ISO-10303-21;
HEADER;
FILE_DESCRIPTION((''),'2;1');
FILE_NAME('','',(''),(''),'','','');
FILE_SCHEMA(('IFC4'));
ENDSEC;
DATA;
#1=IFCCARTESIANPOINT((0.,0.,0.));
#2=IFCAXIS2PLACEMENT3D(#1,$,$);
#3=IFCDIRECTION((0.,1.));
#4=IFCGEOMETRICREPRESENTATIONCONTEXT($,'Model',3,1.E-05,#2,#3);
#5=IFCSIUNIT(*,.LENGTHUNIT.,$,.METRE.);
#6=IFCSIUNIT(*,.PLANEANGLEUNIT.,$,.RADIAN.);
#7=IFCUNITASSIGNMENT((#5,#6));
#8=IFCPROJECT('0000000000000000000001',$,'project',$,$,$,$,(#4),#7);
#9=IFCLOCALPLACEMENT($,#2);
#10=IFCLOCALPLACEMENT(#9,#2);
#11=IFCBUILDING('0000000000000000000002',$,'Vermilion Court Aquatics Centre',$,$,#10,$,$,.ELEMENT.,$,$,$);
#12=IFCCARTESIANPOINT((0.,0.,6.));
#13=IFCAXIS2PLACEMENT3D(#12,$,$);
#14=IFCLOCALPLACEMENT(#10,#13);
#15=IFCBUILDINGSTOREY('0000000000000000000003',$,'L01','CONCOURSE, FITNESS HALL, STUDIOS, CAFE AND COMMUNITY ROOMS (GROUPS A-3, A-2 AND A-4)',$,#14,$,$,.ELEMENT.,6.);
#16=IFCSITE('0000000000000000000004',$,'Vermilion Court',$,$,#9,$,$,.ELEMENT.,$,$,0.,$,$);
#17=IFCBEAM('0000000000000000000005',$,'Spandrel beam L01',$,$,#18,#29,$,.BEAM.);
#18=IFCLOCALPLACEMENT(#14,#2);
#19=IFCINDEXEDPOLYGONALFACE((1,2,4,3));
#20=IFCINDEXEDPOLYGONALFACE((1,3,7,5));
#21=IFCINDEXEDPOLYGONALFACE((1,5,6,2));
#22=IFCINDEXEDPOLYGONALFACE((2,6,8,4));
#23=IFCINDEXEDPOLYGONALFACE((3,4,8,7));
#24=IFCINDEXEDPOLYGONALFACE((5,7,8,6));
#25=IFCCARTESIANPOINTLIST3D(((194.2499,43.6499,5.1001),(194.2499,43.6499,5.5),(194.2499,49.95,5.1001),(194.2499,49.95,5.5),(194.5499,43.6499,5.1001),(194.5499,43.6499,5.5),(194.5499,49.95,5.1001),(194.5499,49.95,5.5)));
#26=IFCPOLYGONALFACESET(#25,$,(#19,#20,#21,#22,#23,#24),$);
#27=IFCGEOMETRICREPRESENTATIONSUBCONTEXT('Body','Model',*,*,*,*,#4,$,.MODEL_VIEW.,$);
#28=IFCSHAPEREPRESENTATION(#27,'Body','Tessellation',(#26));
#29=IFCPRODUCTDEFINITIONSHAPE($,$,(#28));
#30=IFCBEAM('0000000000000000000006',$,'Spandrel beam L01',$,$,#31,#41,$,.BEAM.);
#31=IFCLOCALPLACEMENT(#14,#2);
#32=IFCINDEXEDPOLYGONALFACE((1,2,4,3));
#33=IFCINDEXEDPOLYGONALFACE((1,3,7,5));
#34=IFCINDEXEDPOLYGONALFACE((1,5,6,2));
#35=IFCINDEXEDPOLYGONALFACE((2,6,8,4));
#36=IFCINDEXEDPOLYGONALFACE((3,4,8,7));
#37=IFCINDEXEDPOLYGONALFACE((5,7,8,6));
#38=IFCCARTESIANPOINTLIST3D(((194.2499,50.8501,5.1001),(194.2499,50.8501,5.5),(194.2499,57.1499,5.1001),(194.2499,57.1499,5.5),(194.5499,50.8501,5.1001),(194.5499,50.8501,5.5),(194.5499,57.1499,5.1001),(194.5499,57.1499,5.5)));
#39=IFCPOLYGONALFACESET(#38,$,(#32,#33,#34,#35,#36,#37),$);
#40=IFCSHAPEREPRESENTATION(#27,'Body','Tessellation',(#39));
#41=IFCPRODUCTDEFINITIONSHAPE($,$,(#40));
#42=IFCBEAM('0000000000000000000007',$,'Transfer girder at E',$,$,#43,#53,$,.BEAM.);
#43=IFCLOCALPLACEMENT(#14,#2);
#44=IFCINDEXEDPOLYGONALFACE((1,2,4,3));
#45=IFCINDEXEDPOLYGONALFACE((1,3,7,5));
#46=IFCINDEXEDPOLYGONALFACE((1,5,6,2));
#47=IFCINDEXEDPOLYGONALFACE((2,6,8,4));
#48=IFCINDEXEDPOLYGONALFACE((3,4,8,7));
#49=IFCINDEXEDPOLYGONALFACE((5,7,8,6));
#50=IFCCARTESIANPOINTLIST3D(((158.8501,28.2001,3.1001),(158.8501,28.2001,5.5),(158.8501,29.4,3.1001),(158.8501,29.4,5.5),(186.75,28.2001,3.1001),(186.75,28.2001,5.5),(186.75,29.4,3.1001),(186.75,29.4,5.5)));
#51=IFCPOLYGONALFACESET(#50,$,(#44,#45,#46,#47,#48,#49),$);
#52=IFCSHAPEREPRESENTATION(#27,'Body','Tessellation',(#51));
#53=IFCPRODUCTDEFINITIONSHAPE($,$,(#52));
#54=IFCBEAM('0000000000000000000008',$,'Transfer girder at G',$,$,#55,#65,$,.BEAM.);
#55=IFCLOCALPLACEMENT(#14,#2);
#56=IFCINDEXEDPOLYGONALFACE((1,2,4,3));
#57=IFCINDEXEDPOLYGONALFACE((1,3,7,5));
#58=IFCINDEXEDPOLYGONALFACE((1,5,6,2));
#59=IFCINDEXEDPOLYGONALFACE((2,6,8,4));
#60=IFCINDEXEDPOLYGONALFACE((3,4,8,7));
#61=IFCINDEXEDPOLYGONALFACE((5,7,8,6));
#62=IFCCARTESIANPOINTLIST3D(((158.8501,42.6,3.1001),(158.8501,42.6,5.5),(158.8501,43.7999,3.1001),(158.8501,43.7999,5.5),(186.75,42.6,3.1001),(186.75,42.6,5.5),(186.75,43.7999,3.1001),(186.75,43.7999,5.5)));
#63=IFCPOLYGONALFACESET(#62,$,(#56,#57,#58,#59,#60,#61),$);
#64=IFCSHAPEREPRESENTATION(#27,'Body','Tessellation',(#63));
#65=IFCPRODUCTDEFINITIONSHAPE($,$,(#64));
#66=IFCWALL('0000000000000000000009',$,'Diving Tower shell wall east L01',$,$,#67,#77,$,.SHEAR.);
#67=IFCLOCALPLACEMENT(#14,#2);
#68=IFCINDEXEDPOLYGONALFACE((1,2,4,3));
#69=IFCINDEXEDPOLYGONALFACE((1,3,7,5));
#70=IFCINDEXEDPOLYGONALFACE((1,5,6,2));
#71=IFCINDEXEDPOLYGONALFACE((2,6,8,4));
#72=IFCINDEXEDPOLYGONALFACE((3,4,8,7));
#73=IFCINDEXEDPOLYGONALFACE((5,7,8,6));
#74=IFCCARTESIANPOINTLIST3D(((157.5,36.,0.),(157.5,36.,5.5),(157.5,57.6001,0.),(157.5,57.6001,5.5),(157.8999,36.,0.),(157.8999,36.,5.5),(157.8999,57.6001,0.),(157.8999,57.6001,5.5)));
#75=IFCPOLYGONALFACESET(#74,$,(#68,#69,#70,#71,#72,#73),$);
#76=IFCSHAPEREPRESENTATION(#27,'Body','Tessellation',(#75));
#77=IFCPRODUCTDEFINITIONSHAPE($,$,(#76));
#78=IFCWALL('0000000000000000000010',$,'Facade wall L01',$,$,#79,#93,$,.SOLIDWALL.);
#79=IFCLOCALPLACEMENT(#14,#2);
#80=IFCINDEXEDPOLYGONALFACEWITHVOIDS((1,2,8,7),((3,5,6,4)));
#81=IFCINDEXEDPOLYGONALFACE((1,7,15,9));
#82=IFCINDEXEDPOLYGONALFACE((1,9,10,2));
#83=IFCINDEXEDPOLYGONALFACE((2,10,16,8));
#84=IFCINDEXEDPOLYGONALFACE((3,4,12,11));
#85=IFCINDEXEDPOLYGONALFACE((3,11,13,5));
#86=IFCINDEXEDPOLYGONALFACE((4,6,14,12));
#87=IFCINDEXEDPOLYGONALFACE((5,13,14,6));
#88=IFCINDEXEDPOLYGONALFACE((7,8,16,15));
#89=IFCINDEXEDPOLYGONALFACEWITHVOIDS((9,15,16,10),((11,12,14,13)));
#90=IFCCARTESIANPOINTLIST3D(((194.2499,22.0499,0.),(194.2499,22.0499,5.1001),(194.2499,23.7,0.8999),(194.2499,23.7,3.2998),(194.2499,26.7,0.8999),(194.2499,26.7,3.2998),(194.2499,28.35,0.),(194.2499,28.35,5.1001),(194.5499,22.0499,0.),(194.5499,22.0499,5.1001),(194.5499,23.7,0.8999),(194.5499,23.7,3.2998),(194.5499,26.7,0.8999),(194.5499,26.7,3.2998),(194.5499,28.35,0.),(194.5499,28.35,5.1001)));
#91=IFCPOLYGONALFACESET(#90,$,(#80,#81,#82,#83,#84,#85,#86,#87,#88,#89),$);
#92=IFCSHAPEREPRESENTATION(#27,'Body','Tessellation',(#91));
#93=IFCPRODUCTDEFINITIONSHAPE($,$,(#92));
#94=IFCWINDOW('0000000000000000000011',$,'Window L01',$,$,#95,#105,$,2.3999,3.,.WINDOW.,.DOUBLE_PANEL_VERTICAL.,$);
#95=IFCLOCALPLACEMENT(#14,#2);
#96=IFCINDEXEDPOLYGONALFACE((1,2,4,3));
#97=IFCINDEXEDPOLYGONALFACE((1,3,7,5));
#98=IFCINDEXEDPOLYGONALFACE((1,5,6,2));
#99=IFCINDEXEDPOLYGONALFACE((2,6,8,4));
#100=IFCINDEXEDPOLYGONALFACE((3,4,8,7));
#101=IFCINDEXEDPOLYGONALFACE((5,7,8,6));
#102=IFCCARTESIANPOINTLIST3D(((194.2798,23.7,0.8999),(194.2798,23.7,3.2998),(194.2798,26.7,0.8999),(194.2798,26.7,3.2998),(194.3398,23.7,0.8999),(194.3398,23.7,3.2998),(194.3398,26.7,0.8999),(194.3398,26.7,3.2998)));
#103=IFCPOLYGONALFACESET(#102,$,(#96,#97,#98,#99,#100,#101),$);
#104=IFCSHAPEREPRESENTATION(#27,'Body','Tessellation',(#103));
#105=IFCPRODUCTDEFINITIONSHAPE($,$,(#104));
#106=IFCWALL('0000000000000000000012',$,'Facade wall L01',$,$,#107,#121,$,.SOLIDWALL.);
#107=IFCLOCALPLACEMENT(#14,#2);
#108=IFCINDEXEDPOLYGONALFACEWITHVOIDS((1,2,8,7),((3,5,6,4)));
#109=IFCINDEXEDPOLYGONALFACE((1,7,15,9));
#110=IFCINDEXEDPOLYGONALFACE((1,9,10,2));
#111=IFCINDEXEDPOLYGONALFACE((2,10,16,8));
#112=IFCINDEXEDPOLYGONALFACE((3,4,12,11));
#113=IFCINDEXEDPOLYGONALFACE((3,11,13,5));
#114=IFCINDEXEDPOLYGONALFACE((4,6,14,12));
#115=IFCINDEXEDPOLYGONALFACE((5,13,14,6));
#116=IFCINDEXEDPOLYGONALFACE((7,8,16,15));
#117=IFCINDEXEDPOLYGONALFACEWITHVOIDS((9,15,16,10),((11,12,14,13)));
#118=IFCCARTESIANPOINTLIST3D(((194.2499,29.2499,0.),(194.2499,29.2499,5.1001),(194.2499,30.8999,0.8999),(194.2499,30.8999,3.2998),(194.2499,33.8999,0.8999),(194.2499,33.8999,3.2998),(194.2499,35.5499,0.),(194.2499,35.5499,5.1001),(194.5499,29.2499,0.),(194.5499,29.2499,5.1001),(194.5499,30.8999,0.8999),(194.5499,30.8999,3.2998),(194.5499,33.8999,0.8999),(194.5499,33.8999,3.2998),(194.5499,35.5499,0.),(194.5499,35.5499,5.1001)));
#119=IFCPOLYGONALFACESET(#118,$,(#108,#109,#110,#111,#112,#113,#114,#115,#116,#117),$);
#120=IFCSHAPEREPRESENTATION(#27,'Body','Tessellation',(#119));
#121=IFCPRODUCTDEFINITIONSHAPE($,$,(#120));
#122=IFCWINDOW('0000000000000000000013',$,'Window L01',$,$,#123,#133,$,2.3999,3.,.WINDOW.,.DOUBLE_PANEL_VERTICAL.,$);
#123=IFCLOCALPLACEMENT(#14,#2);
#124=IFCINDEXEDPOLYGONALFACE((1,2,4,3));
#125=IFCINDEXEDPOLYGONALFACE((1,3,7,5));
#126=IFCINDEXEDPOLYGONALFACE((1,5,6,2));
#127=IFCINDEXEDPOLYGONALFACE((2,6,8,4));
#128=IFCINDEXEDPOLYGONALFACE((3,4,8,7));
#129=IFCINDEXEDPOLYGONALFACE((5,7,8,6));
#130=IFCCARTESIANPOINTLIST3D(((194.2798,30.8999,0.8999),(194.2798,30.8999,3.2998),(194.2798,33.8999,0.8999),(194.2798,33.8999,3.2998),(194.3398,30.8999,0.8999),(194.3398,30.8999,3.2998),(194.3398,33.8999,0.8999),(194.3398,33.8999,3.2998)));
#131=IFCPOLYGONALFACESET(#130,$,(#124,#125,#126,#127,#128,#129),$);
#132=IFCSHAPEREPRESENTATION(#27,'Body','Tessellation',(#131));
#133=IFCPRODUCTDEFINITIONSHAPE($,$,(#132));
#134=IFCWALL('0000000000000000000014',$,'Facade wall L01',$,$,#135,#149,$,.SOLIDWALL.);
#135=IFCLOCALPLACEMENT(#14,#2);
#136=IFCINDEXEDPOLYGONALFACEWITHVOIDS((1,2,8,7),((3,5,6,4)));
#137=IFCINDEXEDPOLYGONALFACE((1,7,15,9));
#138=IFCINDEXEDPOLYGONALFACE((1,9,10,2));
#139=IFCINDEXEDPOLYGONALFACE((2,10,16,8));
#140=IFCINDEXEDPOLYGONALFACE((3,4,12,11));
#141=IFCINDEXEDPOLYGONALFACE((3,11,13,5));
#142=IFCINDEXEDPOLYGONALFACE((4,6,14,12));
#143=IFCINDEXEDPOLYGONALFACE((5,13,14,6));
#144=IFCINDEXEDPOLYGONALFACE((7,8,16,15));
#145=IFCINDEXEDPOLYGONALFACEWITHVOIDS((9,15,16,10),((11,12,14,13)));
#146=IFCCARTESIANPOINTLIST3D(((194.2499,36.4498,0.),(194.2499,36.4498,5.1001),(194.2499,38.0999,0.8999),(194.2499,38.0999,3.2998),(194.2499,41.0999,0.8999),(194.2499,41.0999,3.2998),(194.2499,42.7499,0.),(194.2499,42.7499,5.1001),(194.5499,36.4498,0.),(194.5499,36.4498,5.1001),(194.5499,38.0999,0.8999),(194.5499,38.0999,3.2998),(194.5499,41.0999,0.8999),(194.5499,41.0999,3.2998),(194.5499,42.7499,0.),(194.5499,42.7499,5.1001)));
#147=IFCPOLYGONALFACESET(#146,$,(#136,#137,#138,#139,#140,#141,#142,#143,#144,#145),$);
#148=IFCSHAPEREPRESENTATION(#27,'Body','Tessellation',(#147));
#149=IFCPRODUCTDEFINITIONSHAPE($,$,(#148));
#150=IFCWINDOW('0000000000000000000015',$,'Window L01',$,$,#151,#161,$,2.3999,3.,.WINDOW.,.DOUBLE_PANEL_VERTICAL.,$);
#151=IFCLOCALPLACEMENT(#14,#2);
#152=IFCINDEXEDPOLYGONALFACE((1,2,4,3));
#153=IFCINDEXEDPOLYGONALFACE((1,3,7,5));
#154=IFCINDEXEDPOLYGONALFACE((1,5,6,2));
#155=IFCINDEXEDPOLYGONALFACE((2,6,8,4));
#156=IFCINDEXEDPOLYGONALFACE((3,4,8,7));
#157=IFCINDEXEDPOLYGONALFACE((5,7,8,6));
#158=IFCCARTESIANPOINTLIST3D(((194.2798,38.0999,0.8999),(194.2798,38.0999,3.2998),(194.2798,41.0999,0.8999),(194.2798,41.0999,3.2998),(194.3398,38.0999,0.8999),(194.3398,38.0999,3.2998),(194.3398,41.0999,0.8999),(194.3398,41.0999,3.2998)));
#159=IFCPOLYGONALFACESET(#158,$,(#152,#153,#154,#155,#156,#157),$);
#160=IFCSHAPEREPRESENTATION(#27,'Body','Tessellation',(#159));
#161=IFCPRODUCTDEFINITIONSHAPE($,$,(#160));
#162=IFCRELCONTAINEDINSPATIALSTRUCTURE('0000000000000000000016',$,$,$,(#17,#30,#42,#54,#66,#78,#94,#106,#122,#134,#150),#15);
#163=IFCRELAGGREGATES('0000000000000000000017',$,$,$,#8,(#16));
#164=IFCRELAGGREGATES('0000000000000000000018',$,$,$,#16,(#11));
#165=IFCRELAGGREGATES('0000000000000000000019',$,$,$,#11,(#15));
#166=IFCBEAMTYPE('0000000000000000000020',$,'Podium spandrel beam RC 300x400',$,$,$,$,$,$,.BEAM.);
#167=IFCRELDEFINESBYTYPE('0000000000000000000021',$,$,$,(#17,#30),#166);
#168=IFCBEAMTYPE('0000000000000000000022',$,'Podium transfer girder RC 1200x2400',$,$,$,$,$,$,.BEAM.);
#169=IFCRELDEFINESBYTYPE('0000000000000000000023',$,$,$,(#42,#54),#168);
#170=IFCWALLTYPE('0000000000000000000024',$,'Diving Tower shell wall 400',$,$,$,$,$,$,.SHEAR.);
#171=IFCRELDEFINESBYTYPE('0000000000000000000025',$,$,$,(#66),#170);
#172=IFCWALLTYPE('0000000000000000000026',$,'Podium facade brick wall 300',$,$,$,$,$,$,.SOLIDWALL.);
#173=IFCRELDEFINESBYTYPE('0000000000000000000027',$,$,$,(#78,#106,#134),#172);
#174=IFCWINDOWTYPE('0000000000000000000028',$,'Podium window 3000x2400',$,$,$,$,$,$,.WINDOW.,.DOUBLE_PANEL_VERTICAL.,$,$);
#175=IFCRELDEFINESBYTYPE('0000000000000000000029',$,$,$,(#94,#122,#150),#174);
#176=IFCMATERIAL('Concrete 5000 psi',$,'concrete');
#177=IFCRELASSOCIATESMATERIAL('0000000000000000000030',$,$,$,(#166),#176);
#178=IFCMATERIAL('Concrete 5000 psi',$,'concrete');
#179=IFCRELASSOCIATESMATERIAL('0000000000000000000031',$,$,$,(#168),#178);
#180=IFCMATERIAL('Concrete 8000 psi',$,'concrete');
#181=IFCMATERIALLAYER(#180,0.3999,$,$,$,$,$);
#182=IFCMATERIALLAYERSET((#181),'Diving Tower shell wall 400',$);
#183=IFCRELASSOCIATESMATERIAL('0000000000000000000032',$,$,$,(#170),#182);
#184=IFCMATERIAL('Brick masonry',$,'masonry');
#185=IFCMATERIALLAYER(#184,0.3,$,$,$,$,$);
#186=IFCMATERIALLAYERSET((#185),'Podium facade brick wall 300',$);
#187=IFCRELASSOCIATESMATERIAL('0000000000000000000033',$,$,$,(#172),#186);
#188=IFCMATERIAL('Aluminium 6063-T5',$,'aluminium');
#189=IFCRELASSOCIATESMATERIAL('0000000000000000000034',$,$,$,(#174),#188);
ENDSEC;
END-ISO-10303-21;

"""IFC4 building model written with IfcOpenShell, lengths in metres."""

from ifc_helpers import new_model, si_unit, direction, frame, frame_2d, origin, origin_2d, place, context, subcontext, project, spatial, rectangle, extrude, material, layer, layer_set, material_profile, profile_set, type_object, element, fill, save


model = new_model("IFC4")

# Units and contexts
model_context = context("Model", 3, precision=1e-05, world=origin(), true_north=direction((0.0, 1.0)))
body_context = subcontext(model_context, "Body", "Model", "MODEL_VIEW")
ifc_project = project(units=[si_unit("LENGTHUNIT", "METRE"), si_unit("PLANEANGLEUNIT", "RADIAN")], contexts=[model_context])

# Site, building, storey
site_placement = place(None, origin())
site = spatial("IfcSite", under=ifc_project, at=site_placement, Name="Vermilion Court", CompositionType="ELEMENT", RefElevation=0.0)
building_placement = place(site_placement, origin())
building = spatial("IfcBuilding", under=site, at=building_placement, Name="Vermilion Court Aquatics Centre", CompositionType="ELEMENT")
storey_placement = place(building_placement, frame((0.0, 0.0, 6.0)))
storey = spatial("IfcBuildingStorey", under=building, at=storey_placement, Name="L01", Description="CONCOURSE, FITNESS HALL, STUDIOS, CAFE AND COMMUNITY ROOMS (GROUPS A-3, A-2 AND A-4)", CompositionType="ELEMENT", Elevation=6.0)

# Beams
ifc_material_1 = material(Name="Concrete 5000 psi", Category="concrete")
ifc_material_profile_1 = material_profile(ifc_material_1, rectangle(XDim=0.3, YDim=0.3999, at=origin_2d()), Name="RC 300x400")
ifc_profile_set_1 = profile_set([ifc_material_profile_1], Name="Concrete 5000 psi")
beam_type_1 = type_object("IfcBeamType", Name="Podium spandrel beam RC 300x400", PredefinedType="BEAM", material=ifc_profile_set_1)
for number, where, z_axis, x_axis, name in (
    (1, (194.3999, 43.6499, 5.3), (0.0, 1.0, 0.0), (-1.0, 0.0, 0.0), "Spandrel beam L01"),
):
    element("IfcBeam", number, at=place(storey_placement, frame(where, z_axis=z_axis, x_axis=x_axis)), inside=storey, type_object=beam_type_1, Name=name, PredefinedType="BEAM", context=body_context, shape_type="SweptSolid", body=[
        extrude(rectangle(XDim=0.3, YDim=0.3999, at=origin_2d()), origin(), (0.0, 0.0, 1.0), 6.3),
    ])
beam_1_placement = place(storey_placement, frame((194.3999, 50.8501, 5.3), z_axis=(0.0, 1.0, 0.0), x_axis=(-1.0, 0.0, 0.0)))
element("IfcBeam", 2, at=beam_1_placement, inside=storey, type_object=beam_type_1, Name="Spandrel beam L01", PredefinedType="BEAM", context=body_context, shape_type="SweptSolid", body=[
    extrude(rectangle(XDim=0.3, YDim=0.3999, at=origin_2d()), origin(), (0.0, 0.0, 1.0), 6.2998),
])
ifc_material_2 = material(Name="Concrete 5000 psi", Category="concrete")
ifc_material_profile_2 = material_profile(ifc_material_2, rectangle(XDim=1.2, YDim=2.3999, at=origin_2d()), Name="RC 1200x2400")
ifc_profile_set_2 = profile_set([ifc_material_profile_2], Name="Concrete 5000 psi")
beam_type_2 = type_object("IfcBeamType", Name="Podium transfer girder RC 1200x2400", PredefinedType="BEAM", material=ifc_profile_set_2)
for number, where, z_axis, x_axis, name in (
    (3, (158.8501, 28.8, 4.3), (1.0, 0.0, 0.0), (0.0, 1.0, 0.0), "Transfer girder at E"),
    (4, (158.8501, 43.2, 4.3), (1.0, 0.0, 0.0), (0.0, 1.0, 0.0), "Transfer girder at G"),
):
    element("IfcBeam", number, at=place(storey_placement, frame(where, z_axis=z_axis, x_axis=x_axis)), inside=storey, type_object=beam_type_2, Name=name, PredefinedType="BEAM", context=body_context, shape_type="SweptSolid", body=[
        extrude(rectangle(XDim=1.2, YDim=2.3999, at=origin_2d()), origin(), (0.0, 0.0, 1.0), 27.8999),
    ])

# Wall
ifc_material_3 = material(Name="Concrete 8000 psi", Category="concrete")
ifc_layer_1 = layer(ifc_material_3, 0.3999)
ifc_layer_set_1 = layer_set([ifc_layer_1], Name="Diving Tower shell wall 400")
wall_type_1 = type_object("IfcWallType", Name="Diving Tower shell wall 400", PredefinedType="SHEAR", material=ifc_layer_set_1)
wall_1_placement = place(storey_placement, frame((157.7, 36.0, 0.0), z_axis=(0.0, 0.0, 1.0), x_axis=(0.0, 1.0, 0.0)))
element("IfcWall", 5, at=wall_1_placement, inside=storey, type_object=wall_type_1, Name="Diving Tower shell wall east L01", PredefinedType="SHEAR", context=body_context, shape_type="SweptSolid", body=[
    extrude(rectangle(XDim=21.6001, YDim=0.3999, at=frame_2d((10.8, 0.0))), origin(), (0.0, 0.0, 1.0), 5.5),
])

# Walls, openings, windows
ifc_material_4 = material(Name="Brick masonry", Category="masonry")
ifc_layer_2 = layer(ifc_material_4, 0.3)
ifc_layer_set_2 = layer_set([ifc_layer_2], Name="Podium facade brick wall 300")
wall_type_2 = type_object("IfcWallType", Name="Podium facade brick wall 300", PredefinedType="SOLIDWALL", material=ifc_layer_set_2)
wall_2_placement = place(storey_placement, frame((194.3999, 22.05, 0.0), z_axis=(0.0, 0.0, 1.0), x_axis=(0.0, 1.0, 0.0)))
wall_2 = element("IfcWall", 6, at=wall_2_placement, inside=storey, type_object=wall_type_2, Name="Facade wall L01", PredefinedType="SOLIDWALL", context=body_context, shape_type="SweptSolid", body=[
    extrude(rectangle(XDim=6.3, YDim=0.3, at=frame_2d((3.1499, 0.0))), origin(), (0.0, 0.0, 1.0), 5.1001),
])
opening_1_placement = place(wall_2_placement, frame((1.6499, 0.0, 0.8999)))
opening_1 = element("IfcOpeningElement", 7, at=opening_1_placement, cuts=wall_2, PredefinedType="OPENING", context=body_context, shape_type="SweptSolid", body=[
    extrude(rectangle(XDim=3.0, YDim=2.3999, at=frame_2d((1.5, 1.2))), frame((0.0, 0.1599, 0.0), z_axis=(0.0, -1.0, 0.0), x_axis=(1.0, 0.0, 0.0)), (0.0, 0.0, 1.0), 0.3201),
])
ifc_material_5 = material(Name="Aluminium 6063-T5", Category="aluminium")
window_type = type_object("IfcWindowType", Name="Podium window 3000x2400", PartitioningType="DOUBLE_PANEL_VERTICAL", PredefinedType="WINDOW", material=ifc_material_5)
window_1_placement = place(opening_1_placement, origin())
window_1 = element("IfcWindow", 8, at=window_1_placement, inside=storey, type_object=window_type, Name="Window L01", OverallHeight=2.3999, OverallWidth=3.0, PartitioningType="DOUBLE_PANEL_VERTICAL", PredefinedType="WINDOW", context=body_context, shape_type="SweptSolid", body=[
    extrude(rectangle(XDim=3.0, YDim=2.3999, at=frame_2d((1.5, 1.2))), frame((0.0, 0.1201, 0.0), z_axis=(0.0, -1.0, 0.0), x_axis=(1.0, 0.0, 0.0)), (0.0, 0.0, 1.0), 0.0601),
])
fill(opening_1, window_1)
wall_3_placement = place(storey_placement, frame((194.3999, 29.25, 0.0), z_axis=(0.0, 0.0, 1.0), x_axis=(0.0, 1.0, 0.0)))
wall_3 = element("IfcWall", 9, at=wall_3_placement, inside=storey, type_object=wall_type_2, Name="Facade wall L01", PredefinedType="SOLIDWALL", context=body_context, shape_type="SweptSolid", body=[
    extrude(rectangle(XDim=6.3, YDim=0.3, at=frame_2d((3.1499, 0.0))), origin(), (0.0, 0.0, 1.0), 5.1001),
])
opening_2_placement = place(wall_3_placement, frame((1.6499, 0.0, 0.8999)))
opening_2 = element("IfcOpeningElement", 10, at=opening_2_placement, cuts=wall_3, PredefinedType="OPENING", context=body_context, shape_type="SweptSolid", body=[
    extrude(rectangle(XDim=3.0, YDim=2.3999, at=frame_2d((1.5, 1.2))), frame((0.0, 0.1599, 0.0), z_axis=(0.0, -1.0, 0.0), x_axis=(1.0, 0.0, 0.0)), (0.0, 0.0, 1.0), 0.3201),
])
window_2_placement = place(opening_2_placement, origin())
window_2 = element("IfcWindow", 11, at=window_2_placement, inside=storey, type_object=window_type, Name="Window L01", OverallHeight=2.3999, OverallWidth=3.0, PartitioningType="DOUBLE_PANEL_VERTICAL", PredefinedType="WINDOW", context=body_context, shape_type="SweptSolid", body=[
    extrude(rectangle(XDim=3.0, YDim=2.3999, at=frame_2d((1.5, 1.2))), frame((0.0, 0.1201, 0.0), z_axis=(0.0, -1.0, 0.0), x_axis=(1.0, 0.0, 0.0)), (0.0, 0.0, 1.0), 0.0601),
])
fill(opening_2, window_2)
wall_4_placement = place(storey_placement, frame((194.3999, 36.45, 0.0), z_axis=(0.0, 0.0, 1.0), x_axis=(0.0, 1.0, 0.0)))
wall_4 = element("IfcWall", 12, at=wall_4_placement, inside=storey, type_object=wall_type_2, Name="Facade wall L01", PredefinedType="SOLIDWALL", context=body_context, shape_type="SweptSolid", body=[
    extrude(rectangle(XDim=6.3, YDim=0.3, at=frame_2d((3.1499, 0.0))), origin(), (0.0, 0.0, 1.0), 5.1001),
])
opening_3_placement = place(wall_4_placement, frame((1.6499, 0.0, 0.8999)))
opening_3 = element("IfcOpeningElement", 13, at=opening_3_placement, cuts=wall_4, PredefinedType="OPENING", context=body_context, shape_type="SweptSolid", body=[
    extrude(rectangle(XDim=3.0, YDim=2.3999, at=frame_2d((1.5, 1.2))), frame((0.0, 0.1599, 0.0), z_axis=(0.0, -1.0, 0.0), x_axis=(1.0, 0.0, 0.0)), (0.0, 0.0, 1.0), 0.3201),
])
window_3_placement = place(opening_3_placement, origin())
window_3 = element("IfcWindow", 14, at=window_3_placement, inside=storey, type_object=window_type, Name="Window L01", OverallHeight=2.3999, OverallWidth=3.0, PartitioningType="DOUBLE_PANEL_VERTICAL", PredefinedType="WINDOW", context=body_context, shape_type="SweptSolid", body=[
    extrude(rectangle(XDim=3.0, YDim=2.3999, at=frame_2d((1.5, 1.2))), frame((0.0, 0.1201, 0.0), z_axis=(0.0, -1.0, 0.0), x_axis=(1.0, 0.0, 0.0)), (0.0, 0.0, 1.0), 0.0601),
])
fill(opening_3, window_3)

save(model, "model.ifc")
